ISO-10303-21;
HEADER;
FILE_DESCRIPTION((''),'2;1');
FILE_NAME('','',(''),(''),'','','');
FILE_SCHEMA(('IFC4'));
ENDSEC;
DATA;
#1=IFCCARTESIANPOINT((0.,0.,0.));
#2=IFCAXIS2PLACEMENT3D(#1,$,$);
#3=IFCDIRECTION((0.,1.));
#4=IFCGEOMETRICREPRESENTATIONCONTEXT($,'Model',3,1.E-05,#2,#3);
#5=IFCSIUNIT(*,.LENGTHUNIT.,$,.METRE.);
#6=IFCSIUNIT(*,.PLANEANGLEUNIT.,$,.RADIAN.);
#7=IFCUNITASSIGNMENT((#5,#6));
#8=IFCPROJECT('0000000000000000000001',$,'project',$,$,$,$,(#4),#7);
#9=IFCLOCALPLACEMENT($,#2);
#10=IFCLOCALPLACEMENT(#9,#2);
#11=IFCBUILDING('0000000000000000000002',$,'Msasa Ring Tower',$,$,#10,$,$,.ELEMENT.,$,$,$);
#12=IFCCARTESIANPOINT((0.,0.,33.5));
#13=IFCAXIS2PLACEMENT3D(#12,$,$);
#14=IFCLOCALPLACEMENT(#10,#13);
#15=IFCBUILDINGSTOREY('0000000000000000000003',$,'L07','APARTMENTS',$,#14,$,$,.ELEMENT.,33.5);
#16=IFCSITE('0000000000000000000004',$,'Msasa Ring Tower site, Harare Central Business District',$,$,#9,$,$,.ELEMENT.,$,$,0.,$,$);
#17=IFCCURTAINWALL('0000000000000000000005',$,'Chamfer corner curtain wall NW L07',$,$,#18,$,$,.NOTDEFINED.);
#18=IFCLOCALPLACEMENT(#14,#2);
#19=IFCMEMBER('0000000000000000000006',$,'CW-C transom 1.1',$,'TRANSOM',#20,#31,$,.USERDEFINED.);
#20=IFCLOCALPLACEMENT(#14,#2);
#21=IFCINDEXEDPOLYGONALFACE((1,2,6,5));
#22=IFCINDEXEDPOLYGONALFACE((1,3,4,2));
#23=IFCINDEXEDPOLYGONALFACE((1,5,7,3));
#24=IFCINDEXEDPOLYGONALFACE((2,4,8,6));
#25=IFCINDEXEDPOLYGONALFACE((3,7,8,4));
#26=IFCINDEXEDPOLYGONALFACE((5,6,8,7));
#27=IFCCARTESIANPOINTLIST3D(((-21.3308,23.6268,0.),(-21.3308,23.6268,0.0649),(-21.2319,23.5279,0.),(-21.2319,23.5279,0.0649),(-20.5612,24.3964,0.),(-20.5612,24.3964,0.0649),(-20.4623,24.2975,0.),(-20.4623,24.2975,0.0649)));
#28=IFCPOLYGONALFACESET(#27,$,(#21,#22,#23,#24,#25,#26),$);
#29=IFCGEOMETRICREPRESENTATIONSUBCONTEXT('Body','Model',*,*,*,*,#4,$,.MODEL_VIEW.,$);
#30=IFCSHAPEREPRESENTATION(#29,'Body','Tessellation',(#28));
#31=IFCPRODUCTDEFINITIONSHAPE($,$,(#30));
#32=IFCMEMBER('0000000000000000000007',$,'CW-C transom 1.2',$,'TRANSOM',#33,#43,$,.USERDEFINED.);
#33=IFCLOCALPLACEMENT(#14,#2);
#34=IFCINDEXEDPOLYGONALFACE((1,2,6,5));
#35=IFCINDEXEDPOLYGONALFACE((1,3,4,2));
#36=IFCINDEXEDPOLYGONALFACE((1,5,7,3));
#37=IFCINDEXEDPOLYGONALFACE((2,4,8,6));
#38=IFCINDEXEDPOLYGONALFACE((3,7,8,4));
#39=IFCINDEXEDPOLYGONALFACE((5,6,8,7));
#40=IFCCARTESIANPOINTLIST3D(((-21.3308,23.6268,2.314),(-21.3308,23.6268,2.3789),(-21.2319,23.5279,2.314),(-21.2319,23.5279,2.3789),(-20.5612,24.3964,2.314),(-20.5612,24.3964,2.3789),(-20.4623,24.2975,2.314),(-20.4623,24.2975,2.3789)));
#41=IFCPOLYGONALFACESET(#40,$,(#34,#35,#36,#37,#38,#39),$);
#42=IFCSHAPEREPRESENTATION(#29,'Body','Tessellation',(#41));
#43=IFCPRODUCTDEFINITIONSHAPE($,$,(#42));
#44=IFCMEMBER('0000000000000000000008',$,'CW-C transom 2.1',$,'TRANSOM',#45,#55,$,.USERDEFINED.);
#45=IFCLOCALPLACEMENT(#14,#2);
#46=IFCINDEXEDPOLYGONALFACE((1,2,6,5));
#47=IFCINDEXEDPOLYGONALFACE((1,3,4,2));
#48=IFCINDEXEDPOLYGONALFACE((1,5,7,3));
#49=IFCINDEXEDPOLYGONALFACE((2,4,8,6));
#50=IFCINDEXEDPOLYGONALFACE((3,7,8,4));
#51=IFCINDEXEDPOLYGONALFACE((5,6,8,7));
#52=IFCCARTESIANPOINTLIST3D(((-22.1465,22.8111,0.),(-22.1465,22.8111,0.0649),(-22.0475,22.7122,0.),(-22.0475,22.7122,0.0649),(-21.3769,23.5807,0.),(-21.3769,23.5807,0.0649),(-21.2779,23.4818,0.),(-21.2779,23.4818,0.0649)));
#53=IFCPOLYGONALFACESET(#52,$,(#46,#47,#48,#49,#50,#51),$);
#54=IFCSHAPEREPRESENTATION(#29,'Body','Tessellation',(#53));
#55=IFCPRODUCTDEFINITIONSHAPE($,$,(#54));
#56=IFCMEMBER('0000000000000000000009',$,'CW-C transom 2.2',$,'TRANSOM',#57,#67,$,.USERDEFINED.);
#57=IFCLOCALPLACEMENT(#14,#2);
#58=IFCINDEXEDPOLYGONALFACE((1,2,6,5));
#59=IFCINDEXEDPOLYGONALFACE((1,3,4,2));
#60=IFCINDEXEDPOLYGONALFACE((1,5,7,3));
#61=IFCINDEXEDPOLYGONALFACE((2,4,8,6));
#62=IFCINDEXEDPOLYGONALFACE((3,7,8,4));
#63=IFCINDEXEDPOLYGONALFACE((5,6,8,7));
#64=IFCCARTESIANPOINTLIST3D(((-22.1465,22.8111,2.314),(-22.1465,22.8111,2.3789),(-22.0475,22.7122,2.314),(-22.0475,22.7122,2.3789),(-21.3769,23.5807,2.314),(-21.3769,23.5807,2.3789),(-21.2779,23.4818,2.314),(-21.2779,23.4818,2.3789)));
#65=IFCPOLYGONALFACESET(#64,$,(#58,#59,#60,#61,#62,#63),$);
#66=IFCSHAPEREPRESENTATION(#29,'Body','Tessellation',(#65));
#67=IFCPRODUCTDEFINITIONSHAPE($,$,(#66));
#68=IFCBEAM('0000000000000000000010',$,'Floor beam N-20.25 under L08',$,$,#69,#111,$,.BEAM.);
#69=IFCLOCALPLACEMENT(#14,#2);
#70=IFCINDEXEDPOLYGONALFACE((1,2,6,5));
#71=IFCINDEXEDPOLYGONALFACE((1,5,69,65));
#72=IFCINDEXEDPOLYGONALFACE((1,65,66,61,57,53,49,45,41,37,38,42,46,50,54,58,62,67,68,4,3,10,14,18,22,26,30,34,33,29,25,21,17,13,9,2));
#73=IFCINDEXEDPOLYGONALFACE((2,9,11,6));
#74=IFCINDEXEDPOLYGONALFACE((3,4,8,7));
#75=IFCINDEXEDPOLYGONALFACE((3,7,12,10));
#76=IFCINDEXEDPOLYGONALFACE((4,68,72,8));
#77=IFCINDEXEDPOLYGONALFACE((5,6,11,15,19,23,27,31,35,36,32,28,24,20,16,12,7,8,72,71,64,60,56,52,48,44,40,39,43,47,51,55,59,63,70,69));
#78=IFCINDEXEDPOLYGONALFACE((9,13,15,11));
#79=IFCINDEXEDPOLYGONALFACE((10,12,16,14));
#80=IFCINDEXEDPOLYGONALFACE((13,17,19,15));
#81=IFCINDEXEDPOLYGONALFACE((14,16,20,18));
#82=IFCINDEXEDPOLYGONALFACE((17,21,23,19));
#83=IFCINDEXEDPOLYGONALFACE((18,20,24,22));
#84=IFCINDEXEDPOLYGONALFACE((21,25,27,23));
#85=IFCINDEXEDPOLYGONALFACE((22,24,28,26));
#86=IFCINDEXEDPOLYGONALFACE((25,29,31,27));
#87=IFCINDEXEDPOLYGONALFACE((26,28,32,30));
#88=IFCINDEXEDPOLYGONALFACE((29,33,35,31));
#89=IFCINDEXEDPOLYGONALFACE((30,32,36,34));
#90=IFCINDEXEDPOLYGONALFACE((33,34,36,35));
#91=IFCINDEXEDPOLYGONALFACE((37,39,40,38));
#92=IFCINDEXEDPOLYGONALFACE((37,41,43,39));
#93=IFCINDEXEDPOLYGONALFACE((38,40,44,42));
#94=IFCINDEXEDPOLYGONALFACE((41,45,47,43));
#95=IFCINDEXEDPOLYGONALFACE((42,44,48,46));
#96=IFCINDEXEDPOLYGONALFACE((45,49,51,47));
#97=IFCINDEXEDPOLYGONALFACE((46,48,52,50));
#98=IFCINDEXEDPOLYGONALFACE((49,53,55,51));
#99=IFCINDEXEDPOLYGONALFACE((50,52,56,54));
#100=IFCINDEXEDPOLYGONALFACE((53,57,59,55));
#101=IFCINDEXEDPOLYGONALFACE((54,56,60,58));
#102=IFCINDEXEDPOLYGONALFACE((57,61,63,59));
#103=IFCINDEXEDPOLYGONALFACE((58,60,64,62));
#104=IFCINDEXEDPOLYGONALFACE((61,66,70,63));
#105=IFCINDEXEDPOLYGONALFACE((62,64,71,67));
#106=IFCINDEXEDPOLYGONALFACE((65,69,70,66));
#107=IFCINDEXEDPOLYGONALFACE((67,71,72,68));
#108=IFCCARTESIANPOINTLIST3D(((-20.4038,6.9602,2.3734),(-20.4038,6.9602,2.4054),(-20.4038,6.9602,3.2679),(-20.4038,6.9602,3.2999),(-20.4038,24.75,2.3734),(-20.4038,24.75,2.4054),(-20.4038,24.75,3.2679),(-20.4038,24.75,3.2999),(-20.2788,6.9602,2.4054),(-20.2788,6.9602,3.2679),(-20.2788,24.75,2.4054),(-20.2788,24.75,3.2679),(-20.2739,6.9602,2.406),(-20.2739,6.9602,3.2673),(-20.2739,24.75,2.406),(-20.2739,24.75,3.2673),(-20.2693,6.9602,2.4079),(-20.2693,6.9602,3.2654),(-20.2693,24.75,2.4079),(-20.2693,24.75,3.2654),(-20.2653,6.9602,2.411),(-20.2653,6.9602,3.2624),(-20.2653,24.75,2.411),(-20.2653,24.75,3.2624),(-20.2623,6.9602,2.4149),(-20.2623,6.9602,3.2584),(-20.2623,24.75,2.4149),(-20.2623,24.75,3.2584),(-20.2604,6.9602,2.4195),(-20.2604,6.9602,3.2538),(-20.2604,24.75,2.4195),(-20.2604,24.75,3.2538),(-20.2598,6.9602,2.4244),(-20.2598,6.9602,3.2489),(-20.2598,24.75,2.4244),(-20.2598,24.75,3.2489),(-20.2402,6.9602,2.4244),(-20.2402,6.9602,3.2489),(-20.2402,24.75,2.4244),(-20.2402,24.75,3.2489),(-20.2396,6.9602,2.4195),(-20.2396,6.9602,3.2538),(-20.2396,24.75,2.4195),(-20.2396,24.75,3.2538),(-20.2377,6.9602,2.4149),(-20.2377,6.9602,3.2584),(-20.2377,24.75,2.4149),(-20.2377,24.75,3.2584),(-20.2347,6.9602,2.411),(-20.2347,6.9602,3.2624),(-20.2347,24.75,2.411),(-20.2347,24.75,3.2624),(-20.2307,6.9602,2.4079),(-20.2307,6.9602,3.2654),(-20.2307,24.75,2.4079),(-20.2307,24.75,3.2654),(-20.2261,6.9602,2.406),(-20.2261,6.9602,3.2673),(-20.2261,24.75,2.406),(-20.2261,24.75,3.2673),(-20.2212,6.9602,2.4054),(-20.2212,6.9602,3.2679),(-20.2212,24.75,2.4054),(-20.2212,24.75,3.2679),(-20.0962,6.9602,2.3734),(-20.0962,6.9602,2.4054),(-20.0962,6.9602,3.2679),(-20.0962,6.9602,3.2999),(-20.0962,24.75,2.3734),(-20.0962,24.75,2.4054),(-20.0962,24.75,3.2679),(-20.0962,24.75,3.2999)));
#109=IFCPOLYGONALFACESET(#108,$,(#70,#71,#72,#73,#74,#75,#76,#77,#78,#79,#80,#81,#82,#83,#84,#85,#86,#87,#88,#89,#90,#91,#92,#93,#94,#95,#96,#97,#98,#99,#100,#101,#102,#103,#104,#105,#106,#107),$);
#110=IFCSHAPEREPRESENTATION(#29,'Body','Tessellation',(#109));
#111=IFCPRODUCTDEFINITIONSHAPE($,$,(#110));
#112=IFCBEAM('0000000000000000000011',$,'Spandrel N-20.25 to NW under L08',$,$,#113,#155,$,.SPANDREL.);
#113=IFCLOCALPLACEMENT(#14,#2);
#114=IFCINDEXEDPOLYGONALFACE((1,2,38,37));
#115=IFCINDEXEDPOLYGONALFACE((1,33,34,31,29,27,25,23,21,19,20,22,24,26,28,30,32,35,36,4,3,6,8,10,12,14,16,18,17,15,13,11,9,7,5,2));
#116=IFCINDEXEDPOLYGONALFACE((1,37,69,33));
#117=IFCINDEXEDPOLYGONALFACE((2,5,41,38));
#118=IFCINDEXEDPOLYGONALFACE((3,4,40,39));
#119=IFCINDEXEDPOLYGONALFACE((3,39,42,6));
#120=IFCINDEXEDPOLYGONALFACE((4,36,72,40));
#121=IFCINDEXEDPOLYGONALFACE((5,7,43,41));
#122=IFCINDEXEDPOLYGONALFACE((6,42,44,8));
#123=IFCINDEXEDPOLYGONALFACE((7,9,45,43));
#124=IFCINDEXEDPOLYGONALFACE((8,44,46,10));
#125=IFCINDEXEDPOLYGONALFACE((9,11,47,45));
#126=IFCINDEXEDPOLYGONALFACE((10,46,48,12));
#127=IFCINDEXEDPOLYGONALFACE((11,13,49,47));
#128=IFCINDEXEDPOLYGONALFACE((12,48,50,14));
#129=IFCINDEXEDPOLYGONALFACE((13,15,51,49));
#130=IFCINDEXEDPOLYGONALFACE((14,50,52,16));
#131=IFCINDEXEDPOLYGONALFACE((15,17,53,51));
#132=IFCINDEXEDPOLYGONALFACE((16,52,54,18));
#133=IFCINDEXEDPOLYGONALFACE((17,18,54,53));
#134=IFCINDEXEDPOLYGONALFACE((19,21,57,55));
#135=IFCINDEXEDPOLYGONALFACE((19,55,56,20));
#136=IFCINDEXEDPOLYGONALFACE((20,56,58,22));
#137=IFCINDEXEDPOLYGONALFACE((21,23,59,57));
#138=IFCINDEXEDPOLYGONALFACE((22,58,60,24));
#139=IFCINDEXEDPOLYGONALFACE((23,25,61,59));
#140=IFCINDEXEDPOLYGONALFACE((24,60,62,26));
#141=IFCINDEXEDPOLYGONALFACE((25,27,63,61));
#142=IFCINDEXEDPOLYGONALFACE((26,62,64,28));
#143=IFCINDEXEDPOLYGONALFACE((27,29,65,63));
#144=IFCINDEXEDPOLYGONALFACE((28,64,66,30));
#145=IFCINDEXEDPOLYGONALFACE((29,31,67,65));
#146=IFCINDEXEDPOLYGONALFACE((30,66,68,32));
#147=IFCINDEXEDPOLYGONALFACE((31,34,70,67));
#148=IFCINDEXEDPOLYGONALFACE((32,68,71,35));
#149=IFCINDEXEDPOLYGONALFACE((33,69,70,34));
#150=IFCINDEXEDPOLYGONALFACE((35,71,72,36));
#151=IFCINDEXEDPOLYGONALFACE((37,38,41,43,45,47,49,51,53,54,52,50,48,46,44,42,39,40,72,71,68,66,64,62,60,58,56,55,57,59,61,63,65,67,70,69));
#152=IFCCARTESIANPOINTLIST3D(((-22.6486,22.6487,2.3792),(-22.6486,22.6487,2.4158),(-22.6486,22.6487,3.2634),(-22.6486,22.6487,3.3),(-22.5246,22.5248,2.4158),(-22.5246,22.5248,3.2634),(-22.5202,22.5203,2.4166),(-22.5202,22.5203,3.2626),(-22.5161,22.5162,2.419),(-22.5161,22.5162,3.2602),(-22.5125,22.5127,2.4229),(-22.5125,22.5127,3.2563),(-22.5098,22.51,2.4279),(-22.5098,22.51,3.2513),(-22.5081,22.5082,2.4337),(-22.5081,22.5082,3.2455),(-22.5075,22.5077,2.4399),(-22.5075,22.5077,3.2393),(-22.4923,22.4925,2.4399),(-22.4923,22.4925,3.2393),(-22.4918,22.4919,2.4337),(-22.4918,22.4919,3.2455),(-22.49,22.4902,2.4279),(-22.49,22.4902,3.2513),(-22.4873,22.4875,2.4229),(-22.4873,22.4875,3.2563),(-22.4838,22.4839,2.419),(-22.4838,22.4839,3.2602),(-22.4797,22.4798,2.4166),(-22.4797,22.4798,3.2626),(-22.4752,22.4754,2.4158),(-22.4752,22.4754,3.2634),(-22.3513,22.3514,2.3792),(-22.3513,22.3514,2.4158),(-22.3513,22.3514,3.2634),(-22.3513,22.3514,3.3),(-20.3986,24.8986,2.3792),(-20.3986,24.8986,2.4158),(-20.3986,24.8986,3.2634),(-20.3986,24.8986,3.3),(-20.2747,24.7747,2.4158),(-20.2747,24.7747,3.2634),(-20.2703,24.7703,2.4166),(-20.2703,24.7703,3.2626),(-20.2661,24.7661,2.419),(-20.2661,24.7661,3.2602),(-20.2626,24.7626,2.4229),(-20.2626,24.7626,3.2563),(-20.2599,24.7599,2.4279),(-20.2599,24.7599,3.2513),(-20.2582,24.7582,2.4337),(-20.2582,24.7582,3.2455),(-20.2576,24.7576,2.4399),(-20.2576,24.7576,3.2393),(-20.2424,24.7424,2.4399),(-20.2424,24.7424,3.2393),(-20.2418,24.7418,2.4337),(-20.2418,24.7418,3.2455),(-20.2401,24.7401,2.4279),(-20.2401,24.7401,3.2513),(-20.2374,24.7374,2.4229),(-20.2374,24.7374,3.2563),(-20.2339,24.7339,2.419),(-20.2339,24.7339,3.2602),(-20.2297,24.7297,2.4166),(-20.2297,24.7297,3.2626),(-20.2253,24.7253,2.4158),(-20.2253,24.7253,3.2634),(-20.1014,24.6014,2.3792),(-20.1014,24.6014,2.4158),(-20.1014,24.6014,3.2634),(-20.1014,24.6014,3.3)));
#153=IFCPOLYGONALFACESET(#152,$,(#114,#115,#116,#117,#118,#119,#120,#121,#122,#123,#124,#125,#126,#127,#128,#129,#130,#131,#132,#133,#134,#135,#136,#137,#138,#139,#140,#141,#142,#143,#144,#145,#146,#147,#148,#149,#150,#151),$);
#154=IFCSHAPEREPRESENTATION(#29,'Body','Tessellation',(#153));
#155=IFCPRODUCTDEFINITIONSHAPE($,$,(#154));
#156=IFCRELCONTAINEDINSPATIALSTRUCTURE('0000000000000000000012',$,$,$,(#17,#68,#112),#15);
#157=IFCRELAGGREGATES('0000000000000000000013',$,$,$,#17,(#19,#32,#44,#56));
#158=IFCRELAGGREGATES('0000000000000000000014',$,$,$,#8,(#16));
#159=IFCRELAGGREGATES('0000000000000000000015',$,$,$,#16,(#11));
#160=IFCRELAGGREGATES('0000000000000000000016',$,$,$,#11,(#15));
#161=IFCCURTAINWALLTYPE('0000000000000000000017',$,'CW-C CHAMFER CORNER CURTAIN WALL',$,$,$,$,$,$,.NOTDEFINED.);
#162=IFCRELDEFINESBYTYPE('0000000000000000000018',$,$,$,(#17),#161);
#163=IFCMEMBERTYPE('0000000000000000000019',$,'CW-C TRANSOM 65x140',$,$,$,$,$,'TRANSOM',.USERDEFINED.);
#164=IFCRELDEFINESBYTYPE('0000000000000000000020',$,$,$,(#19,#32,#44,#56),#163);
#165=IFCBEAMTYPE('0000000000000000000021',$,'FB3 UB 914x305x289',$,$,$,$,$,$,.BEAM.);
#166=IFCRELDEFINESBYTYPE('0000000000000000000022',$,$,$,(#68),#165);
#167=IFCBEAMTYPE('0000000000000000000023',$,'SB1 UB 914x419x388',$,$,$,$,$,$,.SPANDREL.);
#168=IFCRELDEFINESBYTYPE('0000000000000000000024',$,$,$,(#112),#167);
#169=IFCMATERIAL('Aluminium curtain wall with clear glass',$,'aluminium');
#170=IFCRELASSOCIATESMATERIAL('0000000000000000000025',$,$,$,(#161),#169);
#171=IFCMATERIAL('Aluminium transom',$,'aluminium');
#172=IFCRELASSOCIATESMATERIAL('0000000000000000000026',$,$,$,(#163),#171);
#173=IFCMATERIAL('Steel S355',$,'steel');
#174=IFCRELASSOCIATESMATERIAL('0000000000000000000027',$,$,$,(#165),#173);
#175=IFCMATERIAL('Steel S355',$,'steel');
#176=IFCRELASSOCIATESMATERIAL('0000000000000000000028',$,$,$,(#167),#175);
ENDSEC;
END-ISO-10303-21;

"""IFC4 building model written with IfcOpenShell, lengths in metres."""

from ifc_helpers import new_model, si_unit, direction, frame, origin, origin_2d, place, context, subcontext, project, spatial, rectangle, i_section, extrude, material, material_profile, profile_set, type_object, element, aggregate, save


model = new_model("IFC4")

# Units and contexts
model_context = context("Model", 3, precision=1e-05, world=origin(), true_north=direction((0.0, 1.0)))
body_context = subcontext(model_context, "Body", "Model", "MODEL_VIEW")
ifc_project = project(units=[si_unit("LENGTHUNIT", "METRE"), si_unit("PLANEANGLEUNIT", "RADIAN")], contexts=[model_context])

# Site, building, storey
site_placement = place(None, origin())
site = spatial("IfcSite", under=ifc_project, at=site_placement, Name="Msasa Ring Tower site, Harare Central Business District", CompositionType="ELEMENT", RefElevation=0.0)
building_placement = place(site_placement, origin())
building = spatial("IfcBuilding", under=site, at=building_placement, Name="Msasa Ring Tower", CompositionType="ELEMENT")
storey_placement = place(building_placement, frame((0.0, 0.0, 33.5)))
storey = spatial("IfcBuildingStorey", under=building, at=storey_placement, Name="L07", Description="APARTMENTS", CompositionType="ELEMENT", Elevation=33.5)

# Curtain wall
ifc_material_1 = material(Name="Aluminium curtain wall with clear glass", Category="aluminium")
curtain_wall_type = type_object("IfcCurtainWallType", Name="CW-C CHAMFER CORNER CURTAIN WALL", PredefinedType="NOTDEFINED", material=ifc_material_1)
curtain_wall_1_placement = place(storey_placement, origin())
curtain_wall_1 = element("IfcCurtainWall", 1, at=curtain_wall_1_placement, inside=storey, type_object=curtain_wall_type, Name="Chamfer corner curtain wall NW L07", PredefinedType="NOTDEFINED")

# Members
ifc_material_2 = material(Name="Aluminium transom", Category="aluminium")
ifc_material_profile_1 = material_profile(ifc_material_2, rectangle(XDim=0.1399, YDim=0.0649, at=origin_2d()), Name="AL 65x140")
ifc_profile_set_1 = profile_set([ifc_material_profile_1], Name="Aluminium transom")
member_type_1 = type_object("IfcMemberType", Name="CW-C TRANSOM 65x140", ElementType="TRANSOM", PredefinedType="USERDEFINED", material=ifc_profile_set_1)
member_1_placement = place(storey_placement, frame((-20.5117, 24.3469, 0.0325), z_axis=(-0.707107, -0.707107, 0.0), x_axis=(0.707107, -0.707107, 0.0)))
member_1 = element("IfcMember", 2, at=member_1_placement, type_object=member_type_1, Name="CW-C transom 1.1", ObjectType="TRANSOM", PredefinedType="USERDEFINED", context=body_context, shape_type="SweptSolid", body=[
    extrude(rectangle(XDim=0.1399, YDim=0.0649, at=origin_2d()), origin(), (0.0, 0.0, 1.0), 1.0884),
])
member_2_placement = place(storey_placement, frame((-20.5117, 24.3469, 2.3464), z_axis=(-0.707107, -0.707107, 0.0), x_axis=(0.707107, -0.707107, 0.0)))
member_2 = element("IfcMember", 3, at=member_2_placement, type_object=member_type_1, Name="CW-C transom 1.2", ObjectType="TRANSOM", PredefinedType="USERDEFINED", context=body_context, shape_type="SweptSolid", body=[
    extrude(rectangle(XDim=0.1399, YDim=0.0649, at=origin_2d()), origin(), (0.0, 0.0, 1.0), 1.0884),
])
member_3_placement = place(storey_placement, frame((-21.3274, 23.5312, 0.0325), z_axis=(-0.707107, -0.707107, 0.0), x_axis=(0.707107, -0.707107, 0.0)))
member_3 = element("IfcMember", 4, at=member_3_placement, type_object=member_type_1, Name="CW-C transom 2.1", ObjectType="TRANSOM", PredefinedType="USERDEFINED", context=body_context, shape_type="SweptSolid", body=[
    extrude(rectangle(XDim=0.1399, YDim=0.0649, at=origin_2d()), origin(), (0.0, 0.0, 1.0), 1.0884),
])
member_4_placement = place(storey_placement, frame((-21.3274, 23.5312, 2.3464), z_axis=(-0.707107, -0.707107, 0.0), x_axis=(0.707107, -0.707107, 0.0)))
member_4 = element("IfcMember", 5, at=member_4_placement, type_object=member_type_1, Name="CW-C transom 2.2", ObjectType="TRANSOM", PredefinedType="USERDEFINED", context=body_context, shape_type="SweptSolid", body=[
    extrude(rectangle(XDim=0.1399, YDim=0.0649, at=origin_2d()), origin(), (0.0, 0.0, 1.0), 1.0884),
])

# Beams
ifc_material_3 = material(Name="Steel S355", Category="steel")
ifc_material_profile_2 = material_profile(ifc_material_3, i_section(OverallWidth=0.3076, OverallDepth=0.9265, WebThickness=0.0195, FlangeThickness=0.032, FilletRadius=0.019, at=origin_2d()), Name="UB 914x305x289")
ifc_profile_set_2 = profile_set([ifc_material_profile_2], Name="Steel S355")
beam_type_1 = type_object("IfcBeamType", Name="FB3 UB 914x305x289", PredefinedType="BEAM", material=ifc_profile_set_2)
beam_placement = place(storey_placement, frame((-20.25, 24.75, 2.8367), z_axis=(0.0, -1.0, 0.0), x_axis=(1.0, 0.0, 0.0)))
element("IfcBeam", 6, at=beam_placement, inside=storey, type_object=beam_type_1, Name="Floor beam N-20.25 under L08", PredefinedType="BEAM", context=body_context, shape_type="SweptSolid", body=[
    extrude(i_section(OverallWidth=0.3076, OverallDepth=0.9265, WebThickness=0.0195, FlangeThickness=0.032, FilletRadius=0.019, at=origin_2d()), origin(), (0.0, 0.0, 1.0), 17.7898),
])
ifc_material_4 = material(Name="Steel S355", Category="steel")
ifc_material_profile_3 = material_profile(ifc_material_4, i_section(OverallWidth=0.4204, OverallDepth=0.9209, WebThickness=0.0215, FlangeThickness=0.0366, FilletRadius=0.0242, at=origin_2d()), Name="UB 914x419x388")
ifc_profile_set_3 = profile_set([ifc_material_profile_3], Name="Steel S355")
beam_type_2 = type_object("IfcBeamType", Name="SB1 UB 914x419x388", PredefinedType="SPANDREL", material=ifc_profile_set_3)
for number, where, z_axis, x_axis, name in (
    (7, (-20.25, 24.75, 2.8396), (-0.707107, -0.707107, 0.0), (0.707107, -0.707107, 0.0), "Spandrel N-20.25 to NW under L08"),
):
    element("IfcBeam", number, at=place(storey_placement, frame(where, z_axis=z_axis, x_axis=x_axis)), inside=storey, type_object=beam_type_2, Name=name, PredefinedType="SPANDREL", context=body_context, shape_type="SweptSolid", body=[
        extrude(i_section(OverallWidth=0.4204, OverallDepth=0.9209, WebThickness=0.0215, FlangeThickness=0.0366, FilletRadius=0.0242, at=origin_2d()), origin(), (0.0, 0.0, 1.0), 3.1819),
    ])

aggregate(curtain_wall_1, [member_1, member_2, member_3, member_4])

save(model, "model.ifc")
